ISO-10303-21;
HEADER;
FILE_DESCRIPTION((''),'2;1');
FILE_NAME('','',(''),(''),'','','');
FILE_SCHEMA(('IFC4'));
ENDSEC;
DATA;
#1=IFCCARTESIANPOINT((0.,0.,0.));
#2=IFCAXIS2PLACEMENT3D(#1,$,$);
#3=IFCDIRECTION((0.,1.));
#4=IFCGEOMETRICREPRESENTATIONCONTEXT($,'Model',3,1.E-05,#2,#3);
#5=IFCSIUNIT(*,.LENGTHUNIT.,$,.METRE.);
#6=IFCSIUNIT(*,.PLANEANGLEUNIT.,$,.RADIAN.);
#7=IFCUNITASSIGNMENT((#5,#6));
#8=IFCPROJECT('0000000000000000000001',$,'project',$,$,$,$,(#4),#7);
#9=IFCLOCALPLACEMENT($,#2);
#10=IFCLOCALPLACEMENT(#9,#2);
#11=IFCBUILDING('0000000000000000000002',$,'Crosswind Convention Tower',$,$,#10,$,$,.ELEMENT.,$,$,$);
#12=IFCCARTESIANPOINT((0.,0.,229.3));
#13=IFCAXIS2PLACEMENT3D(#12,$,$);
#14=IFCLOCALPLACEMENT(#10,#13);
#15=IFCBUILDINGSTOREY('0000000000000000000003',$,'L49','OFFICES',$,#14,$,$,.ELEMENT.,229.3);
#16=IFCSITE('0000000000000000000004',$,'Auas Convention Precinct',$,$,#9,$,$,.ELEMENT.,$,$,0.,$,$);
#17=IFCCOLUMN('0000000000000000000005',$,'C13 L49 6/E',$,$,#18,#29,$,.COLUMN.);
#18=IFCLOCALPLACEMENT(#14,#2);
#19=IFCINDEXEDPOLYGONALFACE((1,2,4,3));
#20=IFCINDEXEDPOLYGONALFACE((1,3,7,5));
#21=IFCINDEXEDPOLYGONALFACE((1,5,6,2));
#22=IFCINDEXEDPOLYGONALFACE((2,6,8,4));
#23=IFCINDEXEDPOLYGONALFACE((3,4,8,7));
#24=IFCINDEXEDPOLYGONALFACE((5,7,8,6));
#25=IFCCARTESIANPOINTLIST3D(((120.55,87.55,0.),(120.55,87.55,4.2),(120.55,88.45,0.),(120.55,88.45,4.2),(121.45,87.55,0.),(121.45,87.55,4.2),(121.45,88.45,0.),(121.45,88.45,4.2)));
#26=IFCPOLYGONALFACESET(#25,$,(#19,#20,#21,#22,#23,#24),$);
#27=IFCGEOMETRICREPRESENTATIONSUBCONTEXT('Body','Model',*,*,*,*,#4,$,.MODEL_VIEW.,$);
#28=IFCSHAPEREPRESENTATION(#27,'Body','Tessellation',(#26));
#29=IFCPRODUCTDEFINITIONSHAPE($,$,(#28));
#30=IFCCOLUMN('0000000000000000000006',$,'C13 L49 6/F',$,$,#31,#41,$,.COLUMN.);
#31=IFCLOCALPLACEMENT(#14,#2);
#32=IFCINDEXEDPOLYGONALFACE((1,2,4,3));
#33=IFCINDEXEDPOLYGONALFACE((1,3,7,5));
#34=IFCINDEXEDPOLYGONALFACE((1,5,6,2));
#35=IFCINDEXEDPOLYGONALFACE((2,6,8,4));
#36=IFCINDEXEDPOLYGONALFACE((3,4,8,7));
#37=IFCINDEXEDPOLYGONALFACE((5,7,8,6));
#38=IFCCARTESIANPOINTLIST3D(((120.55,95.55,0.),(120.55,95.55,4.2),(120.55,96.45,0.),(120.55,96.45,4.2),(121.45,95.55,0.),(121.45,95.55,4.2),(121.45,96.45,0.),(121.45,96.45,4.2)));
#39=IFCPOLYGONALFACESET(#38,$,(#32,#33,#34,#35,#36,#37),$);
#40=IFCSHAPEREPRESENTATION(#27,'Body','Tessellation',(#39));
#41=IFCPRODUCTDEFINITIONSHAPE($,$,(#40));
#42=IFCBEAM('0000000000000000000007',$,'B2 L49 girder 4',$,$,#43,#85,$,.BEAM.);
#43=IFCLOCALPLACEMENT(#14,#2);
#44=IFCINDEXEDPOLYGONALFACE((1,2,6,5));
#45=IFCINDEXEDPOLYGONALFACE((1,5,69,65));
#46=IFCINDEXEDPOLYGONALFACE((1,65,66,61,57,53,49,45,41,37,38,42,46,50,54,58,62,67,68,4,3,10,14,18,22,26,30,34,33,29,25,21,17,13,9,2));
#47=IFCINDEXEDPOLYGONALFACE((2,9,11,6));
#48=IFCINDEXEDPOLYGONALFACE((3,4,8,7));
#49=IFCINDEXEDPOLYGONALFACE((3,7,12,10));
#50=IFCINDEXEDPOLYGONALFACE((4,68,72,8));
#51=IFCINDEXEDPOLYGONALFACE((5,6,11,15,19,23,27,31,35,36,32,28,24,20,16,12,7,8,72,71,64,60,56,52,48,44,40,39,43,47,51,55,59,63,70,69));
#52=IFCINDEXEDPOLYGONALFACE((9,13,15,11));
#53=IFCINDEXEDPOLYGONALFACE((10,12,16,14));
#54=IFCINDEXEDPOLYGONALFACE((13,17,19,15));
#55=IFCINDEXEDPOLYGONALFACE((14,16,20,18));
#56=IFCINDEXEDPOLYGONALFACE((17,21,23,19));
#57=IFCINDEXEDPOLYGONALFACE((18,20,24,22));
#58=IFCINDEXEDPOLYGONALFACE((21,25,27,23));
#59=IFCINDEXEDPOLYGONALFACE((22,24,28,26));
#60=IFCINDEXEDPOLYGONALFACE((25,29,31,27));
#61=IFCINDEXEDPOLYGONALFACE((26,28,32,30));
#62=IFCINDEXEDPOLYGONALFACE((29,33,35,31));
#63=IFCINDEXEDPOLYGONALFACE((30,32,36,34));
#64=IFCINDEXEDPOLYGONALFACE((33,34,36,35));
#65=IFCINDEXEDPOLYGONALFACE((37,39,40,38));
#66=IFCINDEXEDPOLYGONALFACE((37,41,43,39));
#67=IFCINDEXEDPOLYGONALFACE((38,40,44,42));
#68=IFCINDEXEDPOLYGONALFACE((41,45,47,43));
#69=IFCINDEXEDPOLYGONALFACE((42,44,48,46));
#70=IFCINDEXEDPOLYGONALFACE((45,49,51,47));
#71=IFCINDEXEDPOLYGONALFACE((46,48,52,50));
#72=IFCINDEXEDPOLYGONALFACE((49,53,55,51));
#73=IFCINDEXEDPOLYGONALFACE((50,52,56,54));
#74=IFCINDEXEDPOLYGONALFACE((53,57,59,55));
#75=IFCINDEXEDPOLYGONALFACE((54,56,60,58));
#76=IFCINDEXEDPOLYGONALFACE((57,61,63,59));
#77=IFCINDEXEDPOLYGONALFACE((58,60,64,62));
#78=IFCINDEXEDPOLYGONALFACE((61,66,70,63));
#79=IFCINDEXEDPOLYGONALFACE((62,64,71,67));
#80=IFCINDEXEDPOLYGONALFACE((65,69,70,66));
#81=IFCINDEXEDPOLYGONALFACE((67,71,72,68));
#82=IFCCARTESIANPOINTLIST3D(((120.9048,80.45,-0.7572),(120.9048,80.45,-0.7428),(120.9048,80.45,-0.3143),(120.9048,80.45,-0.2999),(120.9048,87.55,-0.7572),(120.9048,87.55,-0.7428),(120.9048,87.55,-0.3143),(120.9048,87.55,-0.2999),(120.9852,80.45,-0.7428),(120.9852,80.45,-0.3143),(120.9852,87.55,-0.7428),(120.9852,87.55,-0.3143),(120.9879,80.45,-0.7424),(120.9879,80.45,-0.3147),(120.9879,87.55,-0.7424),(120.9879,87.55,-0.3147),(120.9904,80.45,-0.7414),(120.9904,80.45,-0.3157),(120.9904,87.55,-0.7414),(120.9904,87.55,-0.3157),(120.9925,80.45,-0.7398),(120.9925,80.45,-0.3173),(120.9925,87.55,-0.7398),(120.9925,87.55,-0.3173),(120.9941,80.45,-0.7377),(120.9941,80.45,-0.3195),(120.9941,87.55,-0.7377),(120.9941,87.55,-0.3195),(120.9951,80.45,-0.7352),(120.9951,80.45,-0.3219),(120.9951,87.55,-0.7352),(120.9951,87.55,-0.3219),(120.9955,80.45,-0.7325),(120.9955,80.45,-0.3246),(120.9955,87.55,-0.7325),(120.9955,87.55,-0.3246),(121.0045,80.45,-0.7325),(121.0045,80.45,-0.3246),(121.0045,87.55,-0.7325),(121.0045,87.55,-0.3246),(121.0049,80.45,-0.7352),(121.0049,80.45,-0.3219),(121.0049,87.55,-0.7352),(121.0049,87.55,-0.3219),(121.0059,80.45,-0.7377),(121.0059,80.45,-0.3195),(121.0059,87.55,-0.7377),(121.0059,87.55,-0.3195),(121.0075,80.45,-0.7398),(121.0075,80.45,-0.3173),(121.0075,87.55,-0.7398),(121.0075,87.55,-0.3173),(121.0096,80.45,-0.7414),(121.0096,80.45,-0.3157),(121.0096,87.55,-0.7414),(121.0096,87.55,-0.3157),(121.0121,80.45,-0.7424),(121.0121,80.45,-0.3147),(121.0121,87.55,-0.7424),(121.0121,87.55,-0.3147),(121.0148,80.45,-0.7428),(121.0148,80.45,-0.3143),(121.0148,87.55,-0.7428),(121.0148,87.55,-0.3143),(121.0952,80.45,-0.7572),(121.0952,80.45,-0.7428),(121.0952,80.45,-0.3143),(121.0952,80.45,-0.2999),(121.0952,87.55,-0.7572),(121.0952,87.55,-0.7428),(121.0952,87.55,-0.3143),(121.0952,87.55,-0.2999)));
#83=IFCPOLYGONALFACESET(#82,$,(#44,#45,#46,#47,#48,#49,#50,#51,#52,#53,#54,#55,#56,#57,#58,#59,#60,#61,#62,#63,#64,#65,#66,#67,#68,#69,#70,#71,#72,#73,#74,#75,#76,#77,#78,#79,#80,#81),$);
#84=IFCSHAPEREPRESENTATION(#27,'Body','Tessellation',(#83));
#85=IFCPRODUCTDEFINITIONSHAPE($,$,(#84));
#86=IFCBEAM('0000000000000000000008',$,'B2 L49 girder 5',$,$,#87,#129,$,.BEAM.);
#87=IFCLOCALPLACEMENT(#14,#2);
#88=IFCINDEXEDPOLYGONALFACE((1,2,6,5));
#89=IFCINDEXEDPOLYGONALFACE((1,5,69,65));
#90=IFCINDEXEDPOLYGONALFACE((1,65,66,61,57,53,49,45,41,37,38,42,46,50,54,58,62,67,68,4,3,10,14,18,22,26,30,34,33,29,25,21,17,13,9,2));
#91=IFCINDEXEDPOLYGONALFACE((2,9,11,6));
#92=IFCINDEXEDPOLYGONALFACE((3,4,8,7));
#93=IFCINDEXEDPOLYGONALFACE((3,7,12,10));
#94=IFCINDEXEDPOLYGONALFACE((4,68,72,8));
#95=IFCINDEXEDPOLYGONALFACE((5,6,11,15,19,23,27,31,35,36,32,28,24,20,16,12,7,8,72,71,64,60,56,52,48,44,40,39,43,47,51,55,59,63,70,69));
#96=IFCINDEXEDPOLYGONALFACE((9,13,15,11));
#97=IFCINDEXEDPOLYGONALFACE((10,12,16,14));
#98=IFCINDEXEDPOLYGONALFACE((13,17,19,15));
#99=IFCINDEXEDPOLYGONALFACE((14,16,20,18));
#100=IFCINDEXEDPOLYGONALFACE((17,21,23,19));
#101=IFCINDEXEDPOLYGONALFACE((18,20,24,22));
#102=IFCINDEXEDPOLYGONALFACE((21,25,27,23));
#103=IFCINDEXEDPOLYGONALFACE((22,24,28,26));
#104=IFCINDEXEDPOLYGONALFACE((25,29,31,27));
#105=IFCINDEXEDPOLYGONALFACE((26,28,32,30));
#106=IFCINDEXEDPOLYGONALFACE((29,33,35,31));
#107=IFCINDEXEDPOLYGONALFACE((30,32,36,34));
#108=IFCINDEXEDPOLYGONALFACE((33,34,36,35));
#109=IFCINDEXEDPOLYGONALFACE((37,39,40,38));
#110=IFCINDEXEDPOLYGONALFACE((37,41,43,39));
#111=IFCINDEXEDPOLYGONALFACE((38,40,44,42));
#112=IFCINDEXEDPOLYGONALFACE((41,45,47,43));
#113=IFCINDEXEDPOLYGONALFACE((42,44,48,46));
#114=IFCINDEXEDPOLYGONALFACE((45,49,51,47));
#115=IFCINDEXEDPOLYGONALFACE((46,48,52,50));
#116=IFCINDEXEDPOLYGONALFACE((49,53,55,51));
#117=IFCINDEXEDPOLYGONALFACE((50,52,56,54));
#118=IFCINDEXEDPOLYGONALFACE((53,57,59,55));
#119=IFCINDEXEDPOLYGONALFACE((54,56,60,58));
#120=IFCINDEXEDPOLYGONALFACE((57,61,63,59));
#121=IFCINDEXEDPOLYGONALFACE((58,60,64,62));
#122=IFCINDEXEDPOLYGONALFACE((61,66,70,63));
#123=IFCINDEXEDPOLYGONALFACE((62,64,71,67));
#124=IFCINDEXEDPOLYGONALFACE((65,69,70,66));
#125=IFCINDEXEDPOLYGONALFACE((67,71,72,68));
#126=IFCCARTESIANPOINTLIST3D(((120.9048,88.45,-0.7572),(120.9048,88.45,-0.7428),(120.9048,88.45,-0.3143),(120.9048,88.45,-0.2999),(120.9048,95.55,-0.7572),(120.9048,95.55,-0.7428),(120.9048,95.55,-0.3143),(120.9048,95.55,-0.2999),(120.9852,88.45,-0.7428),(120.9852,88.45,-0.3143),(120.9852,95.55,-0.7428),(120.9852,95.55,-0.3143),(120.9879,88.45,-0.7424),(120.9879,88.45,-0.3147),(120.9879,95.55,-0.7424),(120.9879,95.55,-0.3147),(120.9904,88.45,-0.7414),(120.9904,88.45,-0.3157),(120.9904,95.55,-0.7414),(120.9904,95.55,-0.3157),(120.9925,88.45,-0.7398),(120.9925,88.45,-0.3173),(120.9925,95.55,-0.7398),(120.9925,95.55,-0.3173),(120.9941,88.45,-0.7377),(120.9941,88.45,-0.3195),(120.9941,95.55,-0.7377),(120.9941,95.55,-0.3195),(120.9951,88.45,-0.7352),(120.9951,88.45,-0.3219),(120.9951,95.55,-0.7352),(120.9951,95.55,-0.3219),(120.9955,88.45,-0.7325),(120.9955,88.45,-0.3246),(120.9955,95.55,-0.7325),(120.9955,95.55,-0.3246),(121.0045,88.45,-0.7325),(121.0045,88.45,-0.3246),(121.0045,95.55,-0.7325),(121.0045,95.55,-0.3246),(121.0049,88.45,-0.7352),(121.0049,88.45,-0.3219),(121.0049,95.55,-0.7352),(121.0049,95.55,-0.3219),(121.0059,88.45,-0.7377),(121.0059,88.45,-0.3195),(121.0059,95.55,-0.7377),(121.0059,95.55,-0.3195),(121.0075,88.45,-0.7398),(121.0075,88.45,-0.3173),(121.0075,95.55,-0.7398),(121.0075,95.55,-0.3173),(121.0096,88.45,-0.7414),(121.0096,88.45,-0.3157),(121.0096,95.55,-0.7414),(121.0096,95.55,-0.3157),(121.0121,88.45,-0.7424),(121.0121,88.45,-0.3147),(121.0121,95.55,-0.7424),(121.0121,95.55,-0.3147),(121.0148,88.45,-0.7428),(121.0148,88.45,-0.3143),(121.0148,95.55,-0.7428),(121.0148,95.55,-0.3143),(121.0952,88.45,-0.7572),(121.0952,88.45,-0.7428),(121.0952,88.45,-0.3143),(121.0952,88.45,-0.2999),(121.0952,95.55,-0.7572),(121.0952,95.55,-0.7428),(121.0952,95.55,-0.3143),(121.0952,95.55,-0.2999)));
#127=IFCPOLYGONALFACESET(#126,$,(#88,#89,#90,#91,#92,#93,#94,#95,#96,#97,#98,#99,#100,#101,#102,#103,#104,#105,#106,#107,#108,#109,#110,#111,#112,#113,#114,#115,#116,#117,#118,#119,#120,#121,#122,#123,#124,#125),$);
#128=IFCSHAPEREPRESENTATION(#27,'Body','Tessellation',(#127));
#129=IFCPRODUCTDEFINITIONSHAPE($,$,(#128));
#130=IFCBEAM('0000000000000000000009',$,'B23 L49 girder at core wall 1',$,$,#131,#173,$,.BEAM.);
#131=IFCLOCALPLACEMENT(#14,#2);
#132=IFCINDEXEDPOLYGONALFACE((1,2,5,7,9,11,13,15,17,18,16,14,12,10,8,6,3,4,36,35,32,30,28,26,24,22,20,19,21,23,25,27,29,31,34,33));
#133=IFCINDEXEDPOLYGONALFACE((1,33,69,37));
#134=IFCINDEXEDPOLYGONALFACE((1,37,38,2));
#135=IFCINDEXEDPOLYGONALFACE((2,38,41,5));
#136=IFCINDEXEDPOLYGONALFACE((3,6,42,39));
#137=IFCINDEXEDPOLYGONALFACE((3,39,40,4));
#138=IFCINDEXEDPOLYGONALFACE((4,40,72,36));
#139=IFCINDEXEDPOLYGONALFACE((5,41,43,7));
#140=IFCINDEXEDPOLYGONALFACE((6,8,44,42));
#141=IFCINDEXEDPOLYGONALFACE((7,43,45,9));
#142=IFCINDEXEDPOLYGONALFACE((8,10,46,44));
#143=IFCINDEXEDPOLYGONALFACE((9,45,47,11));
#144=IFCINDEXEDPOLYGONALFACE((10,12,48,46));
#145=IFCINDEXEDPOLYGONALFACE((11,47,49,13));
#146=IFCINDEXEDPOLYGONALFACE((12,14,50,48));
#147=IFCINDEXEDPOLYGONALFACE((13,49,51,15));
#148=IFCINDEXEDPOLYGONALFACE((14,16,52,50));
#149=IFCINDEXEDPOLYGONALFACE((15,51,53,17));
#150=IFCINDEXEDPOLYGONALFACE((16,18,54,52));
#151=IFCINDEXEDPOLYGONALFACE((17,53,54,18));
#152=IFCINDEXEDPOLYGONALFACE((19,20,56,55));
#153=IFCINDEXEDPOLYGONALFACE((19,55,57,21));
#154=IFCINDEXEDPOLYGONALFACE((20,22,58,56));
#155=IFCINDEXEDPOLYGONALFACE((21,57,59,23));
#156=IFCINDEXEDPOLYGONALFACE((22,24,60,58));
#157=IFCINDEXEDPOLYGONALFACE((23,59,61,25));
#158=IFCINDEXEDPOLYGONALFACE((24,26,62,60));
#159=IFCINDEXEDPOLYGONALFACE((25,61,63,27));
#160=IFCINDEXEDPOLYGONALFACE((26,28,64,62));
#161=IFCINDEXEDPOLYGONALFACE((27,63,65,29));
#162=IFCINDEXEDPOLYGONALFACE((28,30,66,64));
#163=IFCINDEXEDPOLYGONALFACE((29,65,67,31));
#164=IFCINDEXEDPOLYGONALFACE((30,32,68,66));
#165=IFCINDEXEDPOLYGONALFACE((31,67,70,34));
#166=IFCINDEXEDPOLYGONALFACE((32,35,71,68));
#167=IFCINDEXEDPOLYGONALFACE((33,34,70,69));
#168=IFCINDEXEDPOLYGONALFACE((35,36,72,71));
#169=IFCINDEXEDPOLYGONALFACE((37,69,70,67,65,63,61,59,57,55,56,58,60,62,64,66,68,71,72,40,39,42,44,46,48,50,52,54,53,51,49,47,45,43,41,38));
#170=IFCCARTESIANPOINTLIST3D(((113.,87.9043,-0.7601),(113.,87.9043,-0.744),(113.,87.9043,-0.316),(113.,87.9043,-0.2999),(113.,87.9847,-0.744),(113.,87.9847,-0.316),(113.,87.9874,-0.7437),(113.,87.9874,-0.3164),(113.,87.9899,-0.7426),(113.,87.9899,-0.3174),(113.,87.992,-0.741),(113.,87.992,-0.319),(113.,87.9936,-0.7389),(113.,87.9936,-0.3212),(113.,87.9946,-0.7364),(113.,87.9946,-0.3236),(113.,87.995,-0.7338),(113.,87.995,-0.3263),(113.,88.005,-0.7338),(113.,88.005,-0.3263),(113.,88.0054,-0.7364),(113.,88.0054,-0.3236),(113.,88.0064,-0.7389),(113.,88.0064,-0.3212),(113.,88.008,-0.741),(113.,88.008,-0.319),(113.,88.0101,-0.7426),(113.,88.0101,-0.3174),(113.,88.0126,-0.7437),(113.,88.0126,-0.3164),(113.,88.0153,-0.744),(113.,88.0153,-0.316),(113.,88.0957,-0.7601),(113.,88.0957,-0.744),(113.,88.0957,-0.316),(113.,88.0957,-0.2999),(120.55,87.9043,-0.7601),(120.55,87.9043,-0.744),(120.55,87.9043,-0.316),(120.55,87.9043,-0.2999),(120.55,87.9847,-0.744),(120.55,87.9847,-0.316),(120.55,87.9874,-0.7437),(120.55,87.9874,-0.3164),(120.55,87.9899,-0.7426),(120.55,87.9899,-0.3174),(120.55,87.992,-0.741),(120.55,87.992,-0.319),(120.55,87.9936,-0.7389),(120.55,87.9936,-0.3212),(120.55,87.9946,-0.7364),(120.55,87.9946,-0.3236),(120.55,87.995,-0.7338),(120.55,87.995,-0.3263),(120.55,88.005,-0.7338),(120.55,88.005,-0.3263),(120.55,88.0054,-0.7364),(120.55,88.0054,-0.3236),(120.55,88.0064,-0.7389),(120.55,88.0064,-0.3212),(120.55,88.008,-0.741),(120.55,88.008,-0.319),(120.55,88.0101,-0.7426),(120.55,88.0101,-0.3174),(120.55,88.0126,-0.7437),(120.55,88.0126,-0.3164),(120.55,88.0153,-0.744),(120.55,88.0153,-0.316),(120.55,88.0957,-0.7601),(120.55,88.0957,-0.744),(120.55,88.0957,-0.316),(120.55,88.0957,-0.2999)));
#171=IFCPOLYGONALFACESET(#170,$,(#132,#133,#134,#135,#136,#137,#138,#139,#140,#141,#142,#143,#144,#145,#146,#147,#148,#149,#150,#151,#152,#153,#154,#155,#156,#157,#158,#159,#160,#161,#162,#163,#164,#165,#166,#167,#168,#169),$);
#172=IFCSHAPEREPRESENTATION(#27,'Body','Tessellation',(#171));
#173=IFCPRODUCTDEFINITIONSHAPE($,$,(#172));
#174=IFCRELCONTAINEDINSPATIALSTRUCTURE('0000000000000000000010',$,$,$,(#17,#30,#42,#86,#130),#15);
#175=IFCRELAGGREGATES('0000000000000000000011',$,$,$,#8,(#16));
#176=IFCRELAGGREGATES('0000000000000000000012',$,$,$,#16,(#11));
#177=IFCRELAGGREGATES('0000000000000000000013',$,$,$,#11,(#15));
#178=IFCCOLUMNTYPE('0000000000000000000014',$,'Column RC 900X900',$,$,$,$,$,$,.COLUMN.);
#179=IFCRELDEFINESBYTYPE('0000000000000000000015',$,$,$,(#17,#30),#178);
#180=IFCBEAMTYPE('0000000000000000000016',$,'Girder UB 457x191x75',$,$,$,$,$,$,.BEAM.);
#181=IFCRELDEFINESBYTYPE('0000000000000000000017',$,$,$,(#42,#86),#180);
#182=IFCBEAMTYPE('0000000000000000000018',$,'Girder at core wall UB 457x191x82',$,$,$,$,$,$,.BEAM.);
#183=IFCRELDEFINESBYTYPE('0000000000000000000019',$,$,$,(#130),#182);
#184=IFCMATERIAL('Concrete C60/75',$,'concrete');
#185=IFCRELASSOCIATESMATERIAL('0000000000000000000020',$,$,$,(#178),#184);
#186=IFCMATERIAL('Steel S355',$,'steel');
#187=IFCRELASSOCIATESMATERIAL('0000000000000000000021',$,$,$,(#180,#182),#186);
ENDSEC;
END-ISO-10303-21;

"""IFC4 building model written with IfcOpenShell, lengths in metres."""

from ifc_helpers import new_model, si_unit, direction, frame, origin, origin_2d, place, context, subcontext, project, spatial, rectangle, i_section, extrude, material, material_profile, profile_set, type_object, element, save


model = new_model("IFC4")

# Units and contexts
model_context = context("Model", 3, precision=1e-05, world=origin(), true_north=direction((0.0, 1.0)))
body_context = subcontext(model_context, "Body", "Model", "MODEL_VIEW")
ifc_project = project(units=[si_unit("LENGTHUNIT", "METRE"), si_unit("PLANEANGLEUNIT", "RADIAN")], contexts=[model_context])

# Site, building, storey
site_placement = place(None, origin())
site = spatial("IfcSite", under=ifc_project, at=site_placement, Name="Auas Convention Precinct", CompositionType="ELEMENT", RefElevation=0.0)
building_placement = place(site_placement, origin())
building = spatial("IfcBuilding", under=site, at=building_placement, Name="Crosswind Convention Tower", CompositionType="ELEMENT")
storey_placement = place(building_placement, frame((0.0, 0.0, 229.3)))
storey = spatial("IfcBuildingStorey", under=building, at=storey_placement, Name="L49", Description="OFFICES", CompositionType="ELEMENT", Elevation=229.3)

# Columns
ifc_material_1 = material(Name="Concrete C60/75", Category="concrete")
ifc_material_profile_1 = material_profile(ifc_material_1, rectangle(XDim=0.8999, YDim=0.8999, at=origin_2d()), Name="RC 900X900")
ifc_profile_set_1 = profile_set([ifc_material_profile_1], Name="Concrete C60/75")
column_type = type_object("IfcColumnType", Name="Column RC 900X900", PredefinedType="COLUMN", material=ifc_profile_set_1)
for number, where, z_axis, x_axis, name in (
    (1, (121.0, 88.0, 0.0), (0.0, 0.0, 1.0), (1.0, 0.0, 0.0), "C13 L49 6/E"),
    (2, (121.0, 96.0, 0.0), (0.0, 0.0, 1.0), (1.0, 0.0, 0.0), "C13 L49 6/F"),
):
    element("IfcColumn", number, at=place(storey_placement, frame(where, z_axis=z_axis, x_axis=x_axis)), inside=storey, type_object=column_type, Name=name, PredefinedType="COLUMN", context=body_context, shape_type="SweptSolid", body=[
        extrude(rectangle(XDim=0.8999, YDim=0.8999, at=origin_2d()), origin(), (0.0, 0.0, 1.0), 4.2),
    ])

# Beams
ifc_material_2 = material(Name="Steel S355", Category="steel")
ifc_material_profile_2 = material_profile(ifc_material_2, i_section(OverallWidth=0.1904, OverallDepth=0.4573, WebThickness=0.009, FlangeThickness=0.0144, FilletRadius=0.0103, at=origin_2d()), Name="UB 457x191x75")
ifc_profile_set_2 = profile_set([ifc_material_profile_2], Name="Steel S355")
beam_type_1 = type_object("IfcBeamType", Name="Girder UB 457x191x75", PredefinedType="BEAM", material=ifc_profile_set_2)
for number, where, z_axis, x_axis, name in (
    (3, (121.0, 80.45, -0.5286), (0.0, 1.0, 0.0), (-1.0, 0.0, 0.0), "B2 L49 girder 4"),
    (4, (121.0, 88.45, -0.5286), (0.0, 1.0, 0.0), (-1.0, 0.0, 0.0), "B2 L49 girder 5"),
):
    element("IfcBeam", number, at=place(storey_placement, frame(where, z_axis=z_axis, x_axis=x_axis)), inside=storey, type_object=beam_type_1, Name=name, PredefinedType="BEAM", context=body_context, shape_type="SweptSolid", body=[
        extrude(i_section(OverallWidth=0.1904, OverallDepth=0.4573, WebThickness=0.009, FlangeThickness=0.0144, FilletRadius=0.0103, at=origin_2d()), origin(), (0.0, 0.0, 1.0), 7.1001),
    ])
ifc_material_profile_3 = material_profile(ifc_material_2, i_section(OverallWidth=0.1914, OverallDepth=0.4602, WebThickness=0.01, FlangeThickness=0.0161, FilletRadius=0.0103, at=origin_2d()), Name="UB 457x191x82")
ifc_profile_set_3 = profile_set([ifc_material_profile_3], Name="Steel S355")
beam_type_2 = type_object("IfcBeamType", Name="Girder at core wall UB 457x191x82", PredefinedType="BEAM", material=ifc_profile_set_3)
for number, where, z_axis, x_axis, name in (
    (5, (113.0, 88.0, -0.53), (1.0, 0.0, 0.0), (0.0, 1.0, 0.0), "B23 L49 girder at core wall 1"),
):
    element("IfcBeam", number, at=place(storey_placement, frame(where, z_axis=z_axis, x_axis=x_axis)), inside=storey, type_object=beam_type_2, Name=name, PredefinedType="BEAM", context=body_context, shape_type="SweptSolid", body=[
        extrude(i_section(OverallWidth=0.1914, OverallDepth=0.4602, WebThickness=0.01, FlangeThickness=0.0161, FilletRadius=0.0103, at=origin_2d()), origin(), (0.0, 0.0, 1.0), 7.55),
    ])

save(model, "model.ifc")
